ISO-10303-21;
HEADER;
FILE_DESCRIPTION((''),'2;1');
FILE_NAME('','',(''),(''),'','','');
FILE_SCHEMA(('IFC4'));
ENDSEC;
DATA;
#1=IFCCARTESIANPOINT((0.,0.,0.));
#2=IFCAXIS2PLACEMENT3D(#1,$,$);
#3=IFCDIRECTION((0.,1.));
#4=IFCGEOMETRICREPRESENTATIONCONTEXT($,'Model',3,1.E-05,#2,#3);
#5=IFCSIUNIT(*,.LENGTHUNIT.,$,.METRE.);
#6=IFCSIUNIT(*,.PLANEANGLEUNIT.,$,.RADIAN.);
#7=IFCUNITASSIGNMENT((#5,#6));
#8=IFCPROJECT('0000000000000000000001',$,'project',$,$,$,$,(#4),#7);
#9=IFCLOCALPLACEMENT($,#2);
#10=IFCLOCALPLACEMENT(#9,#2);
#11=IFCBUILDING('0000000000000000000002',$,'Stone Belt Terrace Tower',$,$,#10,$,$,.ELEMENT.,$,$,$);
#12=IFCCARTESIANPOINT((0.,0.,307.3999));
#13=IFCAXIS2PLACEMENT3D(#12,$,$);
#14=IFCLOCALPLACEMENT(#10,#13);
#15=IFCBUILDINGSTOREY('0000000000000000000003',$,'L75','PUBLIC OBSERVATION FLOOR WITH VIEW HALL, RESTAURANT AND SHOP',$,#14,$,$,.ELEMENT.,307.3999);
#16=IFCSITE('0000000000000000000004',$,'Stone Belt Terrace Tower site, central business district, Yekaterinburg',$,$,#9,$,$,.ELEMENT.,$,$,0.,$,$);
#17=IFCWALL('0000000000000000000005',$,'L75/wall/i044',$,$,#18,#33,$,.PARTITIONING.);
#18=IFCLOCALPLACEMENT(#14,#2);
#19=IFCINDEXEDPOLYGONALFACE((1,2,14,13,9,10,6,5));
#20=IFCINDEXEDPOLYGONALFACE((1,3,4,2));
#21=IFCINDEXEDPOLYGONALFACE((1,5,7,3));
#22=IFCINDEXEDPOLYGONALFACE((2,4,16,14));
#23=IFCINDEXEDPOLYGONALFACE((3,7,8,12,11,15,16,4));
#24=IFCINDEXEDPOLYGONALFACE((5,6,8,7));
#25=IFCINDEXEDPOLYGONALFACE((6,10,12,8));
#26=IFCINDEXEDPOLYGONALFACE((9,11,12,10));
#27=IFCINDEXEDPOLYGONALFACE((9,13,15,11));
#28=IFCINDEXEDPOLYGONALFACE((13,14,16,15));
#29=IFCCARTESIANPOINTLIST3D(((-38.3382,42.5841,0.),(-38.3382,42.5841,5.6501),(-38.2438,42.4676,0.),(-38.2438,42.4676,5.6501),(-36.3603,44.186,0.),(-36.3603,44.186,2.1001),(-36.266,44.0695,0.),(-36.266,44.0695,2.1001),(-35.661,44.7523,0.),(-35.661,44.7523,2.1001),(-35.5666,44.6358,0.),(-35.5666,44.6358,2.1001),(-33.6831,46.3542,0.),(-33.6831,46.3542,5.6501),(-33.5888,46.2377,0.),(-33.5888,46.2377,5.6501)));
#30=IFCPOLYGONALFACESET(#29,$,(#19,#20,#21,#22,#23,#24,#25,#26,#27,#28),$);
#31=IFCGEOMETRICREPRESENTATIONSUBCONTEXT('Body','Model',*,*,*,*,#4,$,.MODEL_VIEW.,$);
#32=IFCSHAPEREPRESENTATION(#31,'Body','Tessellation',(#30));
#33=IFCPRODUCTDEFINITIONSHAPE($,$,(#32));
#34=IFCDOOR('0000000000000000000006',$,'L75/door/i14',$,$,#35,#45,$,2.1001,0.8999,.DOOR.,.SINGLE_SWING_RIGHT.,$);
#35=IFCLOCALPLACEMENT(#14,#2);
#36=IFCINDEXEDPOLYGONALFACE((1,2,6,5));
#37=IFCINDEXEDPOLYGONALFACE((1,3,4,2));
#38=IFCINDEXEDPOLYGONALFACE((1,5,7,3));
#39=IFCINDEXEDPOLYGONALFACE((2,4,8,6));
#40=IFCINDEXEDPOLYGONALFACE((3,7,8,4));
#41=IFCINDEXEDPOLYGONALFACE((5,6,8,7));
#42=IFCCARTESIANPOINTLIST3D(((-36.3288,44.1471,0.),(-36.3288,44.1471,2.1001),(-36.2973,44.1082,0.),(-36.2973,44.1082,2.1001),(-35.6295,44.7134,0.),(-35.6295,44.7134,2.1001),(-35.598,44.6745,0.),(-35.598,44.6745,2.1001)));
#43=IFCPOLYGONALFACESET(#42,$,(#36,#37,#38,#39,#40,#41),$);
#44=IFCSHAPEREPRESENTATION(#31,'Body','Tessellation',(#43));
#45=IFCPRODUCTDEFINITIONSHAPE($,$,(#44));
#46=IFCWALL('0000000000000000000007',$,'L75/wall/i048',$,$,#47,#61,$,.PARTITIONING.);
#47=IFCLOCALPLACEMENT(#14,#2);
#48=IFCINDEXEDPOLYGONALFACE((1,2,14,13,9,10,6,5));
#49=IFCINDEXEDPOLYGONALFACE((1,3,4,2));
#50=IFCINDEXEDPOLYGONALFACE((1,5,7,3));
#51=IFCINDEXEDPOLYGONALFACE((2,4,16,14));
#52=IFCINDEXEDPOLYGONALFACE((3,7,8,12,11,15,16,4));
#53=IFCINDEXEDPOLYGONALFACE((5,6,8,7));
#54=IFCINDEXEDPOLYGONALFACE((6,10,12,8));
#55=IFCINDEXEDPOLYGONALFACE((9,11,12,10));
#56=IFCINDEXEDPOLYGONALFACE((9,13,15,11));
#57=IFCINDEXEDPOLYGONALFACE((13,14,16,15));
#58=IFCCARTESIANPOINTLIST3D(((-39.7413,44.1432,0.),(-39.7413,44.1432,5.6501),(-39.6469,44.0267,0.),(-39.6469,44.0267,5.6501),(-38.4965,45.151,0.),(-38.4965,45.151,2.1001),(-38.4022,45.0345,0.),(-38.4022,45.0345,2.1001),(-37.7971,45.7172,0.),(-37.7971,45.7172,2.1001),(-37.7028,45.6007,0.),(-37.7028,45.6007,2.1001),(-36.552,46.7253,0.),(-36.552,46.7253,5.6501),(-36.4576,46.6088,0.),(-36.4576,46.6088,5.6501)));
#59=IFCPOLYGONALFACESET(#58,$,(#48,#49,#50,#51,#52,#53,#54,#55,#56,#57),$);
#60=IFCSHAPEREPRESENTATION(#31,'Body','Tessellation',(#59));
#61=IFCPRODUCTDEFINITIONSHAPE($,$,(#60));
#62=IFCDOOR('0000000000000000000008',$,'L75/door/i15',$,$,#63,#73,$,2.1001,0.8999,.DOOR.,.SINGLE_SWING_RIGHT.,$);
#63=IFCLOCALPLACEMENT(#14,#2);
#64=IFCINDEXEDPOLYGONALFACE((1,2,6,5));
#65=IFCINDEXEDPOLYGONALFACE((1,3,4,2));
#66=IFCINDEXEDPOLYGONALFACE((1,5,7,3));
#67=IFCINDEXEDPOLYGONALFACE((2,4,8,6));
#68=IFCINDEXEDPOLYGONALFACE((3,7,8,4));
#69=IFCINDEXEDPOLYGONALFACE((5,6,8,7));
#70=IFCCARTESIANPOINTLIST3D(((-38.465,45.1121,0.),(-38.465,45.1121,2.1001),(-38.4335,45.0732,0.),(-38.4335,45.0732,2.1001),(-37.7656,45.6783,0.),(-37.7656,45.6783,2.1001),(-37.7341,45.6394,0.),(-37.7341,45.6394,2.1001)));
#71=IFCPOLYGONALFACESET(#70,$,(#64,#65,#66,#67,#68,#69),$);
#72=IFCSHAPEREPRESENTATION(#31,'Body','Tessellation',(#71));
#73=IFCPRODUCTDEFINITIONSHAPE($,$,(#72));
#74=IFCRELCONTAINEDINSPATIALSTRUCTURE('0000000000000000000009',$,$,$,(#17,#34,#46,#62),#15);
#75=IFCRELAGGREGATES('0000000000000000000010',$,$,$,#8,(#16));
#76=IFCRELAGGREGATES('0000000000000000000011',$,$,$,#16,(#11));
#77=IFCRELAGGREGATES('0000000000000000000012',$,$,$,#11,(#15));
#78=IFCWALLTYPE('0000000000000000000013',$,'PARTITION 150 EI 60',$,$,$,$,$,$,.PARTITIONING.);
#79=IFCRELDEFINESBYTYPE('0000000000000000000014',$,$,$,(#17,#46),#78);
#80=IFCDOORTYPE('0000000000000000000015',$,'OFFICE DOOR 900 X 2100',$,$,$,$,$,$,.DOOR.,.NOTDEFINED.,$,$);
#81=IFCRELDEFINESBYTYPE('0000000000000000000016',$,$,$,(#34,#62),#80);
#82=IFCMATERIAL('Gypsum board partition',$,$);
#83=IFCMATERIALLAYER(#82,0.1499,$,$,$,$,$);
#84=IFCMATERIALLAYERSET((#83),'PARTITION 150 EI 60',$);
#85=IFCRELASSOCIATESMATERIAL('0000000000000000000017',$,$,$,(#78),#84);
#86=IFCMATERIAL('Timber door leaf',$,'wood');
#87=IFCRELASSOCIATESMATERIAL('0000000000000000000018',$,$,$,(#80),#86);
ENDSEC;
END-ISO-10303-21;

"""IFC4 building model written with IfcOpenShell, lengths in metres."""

from ifc_helpers import new_model, si_unit, direction, frame, frame_2d, origin, place, context, subcontext, project, spatial, rectangle, extrude, material, layer, layer_set, type_object, element, fill, save


model = new_model("IFC4")

# Units and contexts
model_context = context("Model", 3, precision=1e-05, world=origin(), true_north=direction((0.0, 1.0)))
body_context = subcontext(model_context, "Body", "Model", "MODEL_VIEW")
ifc_project = project(units=[si_unit("LENGTHUNIT", "METRE"), si_unit("PLANEANGLEUNIT", "RADIAN")], contexts=[model_context])

# Site, building, storey
site_placement = place(None, origin())
site = spatial("IfcSite", under=ifc_project, at=site_placement, Name="Stone Belt Terrace Tower site, central business district, Yekaterinburg", CompositionType="ELEMENT", RefElevation=0.0)
building_placement = place(site_placement, origin())
building = spatial("IfcBuilding", under=site, at=building_placement, Name="Stone Belt Terrace Tower", CompositionType="ELEMENT")
storey_placement = place(building_placement, frame((0.0, 0.0, 307.3999)))
storey = spatial("IfcBuildingStorey", under=building, at=storey_placement, Name="L75", Description="PUBLIC OBSERVATION FLOOR WITH VIEW HALL, RESTAURANT AND SHOP", CompositionType="ELEMENT", Elevation=307.3999)

# Shared definitions
ifc_material_1 = material(Name="Gypsum board partition")
ifc_layer_1 = layer(ifc_material_1, 0.1499)
ifc_layer_set_1 = layer_set([ifc_layer_1], Name="PARTITION 150 EI 60")
wall_type = type_object("IfcWallType", Name="PARTITION 150 EI 60", PredefinedType="PARTITIONING", material=ifc_layer_set_1)

# Walls, openings, doors
wall_1_placement = place(storey_placement, frame((-38.291, 42.5259, 0.0), z_axis=(0.0, 0.0, 1.0), x_axis=(0.777109, 0.629366, 0.0)))
wall_1 = element("IfcWall", 1, at=wall_1_placement, inside=storey, type_object=wall_type, Name="L75/wall/i044", PredefinedType="PARTITIONING", context=body_context, shape_type="SweptSolid", body=[
    extrude(rectangle(XDim=5.9902, YDim=0.1499, at=frame_2d((2.9951, 0.0))), origin(), (0.0, 0.0, 1.0), 5.6501),
])
opening_1_placement = place(wall_1_placement, frame((2.5452, 0.0, 0.0)))
opening_1 = element("IfcOpeningElement", 2, at=opening_1_placement, cuts=wall_1, PredefinedType="OPENING", context=body_context, shape_type="SweptSolid", body=[
    extrude(rectangle(XDim=0.8999, YDim=2.1001, at=frame_2d((0.45, 1.05))), frame((0.0, 0.085, 0.0), z_axis=(0.0, -1.0, 0.0), x_axis=(1.0, 0.0, 0.0)), (0.0, 0.0, 1.0), 0.1699),
])
ifc_material_2 = material(Name="Timber door leaf", Category="wood")
door_type = type_object("IfcDoorType", Name="OFFICE DOOR 900 X 2100", OperationType="NOTDEFINED", PredefinedType="DOOR", material=ifc_material_2)
door_1_placement = place(opening_1_placement, origin())
door_1 = element("IfcDoor", 3, at=door_1_placement, inside=storey, type_object=door_type, Name="L75/door/i14", OperationType="SINGLE_SWING_RIGHT", OverallHeight=2.1001, OverallWidth=0.8999, PredefinedType="DOOR", context=body_context, shape_type="SweptSolid", body=[
    extrude(rectangle(XDim=0.8999, YDim=2.1001, at=frame_2d((0.45, 1.05))), frame((0.0, 0.0249, 0.0), z_axis=(0.0, -1.0, 0.0), x_axis=(1.0, 0.0, 0.0)), (0.0, 0.0, 1.0), 0.05),
])
fill(opening_1, door_1)
wall_2_placement = place(storey_placement, frame((-39.6941, 44.085, 0.0), z_axis=(0.0, 0.0, 1.0), x_axis=(0.77721, 0.629241, 0.0)))
wall_2 = element("IfcWall", 4, at=wall_2_placement, inside=storey, type_object=wall_type, Name="L75/wall/i048", PredefinedType="PARTITIONING", context=body_context, shape_type="SweptSolid", body=[
    extrude(rectangle(XDim=4.1035, YDim=0.1499, at=frame_2d((2.0518, 0.0))), origin(), (0.0, 0.0, 1.0), 5.6501),
])
opening_2_placement = place(wall_2_placement, frame((1.6016, 0.0, 0.0)))
opening_2 = element("IfcOpeningElement", 5, at=opening_2_placement, cuts=wall_2, PredefinedType="OPENING", context=body_context, shape_type="SweptSolid", body=[
    extrude(rectangle(XDim=0.8999, YDim=2.1001, at=frame_2d((0.45, 1.05))), frame((0.0, 0.085, 0.0), z_axis=(0.0, -1.0, 0.0), x_axis=(1.0, 0.0, 0.0)), (0.0, 0.0, 1.0), 0.1699),
])
door_2_placement = place(opening_2_placement, origin())
door_2 = element("IfcDoor", 6, at=door_2_placement, inside=storey, type_object=door_type, Name="L75/door/i15", OperationType="SINGLE_SWING_RIGHT", OverallHeight=2.1001, OverallWidth=0.8999, PredefinedType="DOOR", context=body_context, shape_type="SweptSolid", body=[
    extrude(rectangle(XDim=0.8999, YDim=2.1001, at=frame_2d((0.45, 1.05))), frame((0.0, 0.0249, 0.0), z_axis=(0.0, -1.0, 0.0), x_axis=(1.0, 0.0, 0.0)), (0.0, 0.0, 1.0), 0.05),
])
fill(opening_2, door_2)

save(model, "model.ifc")
